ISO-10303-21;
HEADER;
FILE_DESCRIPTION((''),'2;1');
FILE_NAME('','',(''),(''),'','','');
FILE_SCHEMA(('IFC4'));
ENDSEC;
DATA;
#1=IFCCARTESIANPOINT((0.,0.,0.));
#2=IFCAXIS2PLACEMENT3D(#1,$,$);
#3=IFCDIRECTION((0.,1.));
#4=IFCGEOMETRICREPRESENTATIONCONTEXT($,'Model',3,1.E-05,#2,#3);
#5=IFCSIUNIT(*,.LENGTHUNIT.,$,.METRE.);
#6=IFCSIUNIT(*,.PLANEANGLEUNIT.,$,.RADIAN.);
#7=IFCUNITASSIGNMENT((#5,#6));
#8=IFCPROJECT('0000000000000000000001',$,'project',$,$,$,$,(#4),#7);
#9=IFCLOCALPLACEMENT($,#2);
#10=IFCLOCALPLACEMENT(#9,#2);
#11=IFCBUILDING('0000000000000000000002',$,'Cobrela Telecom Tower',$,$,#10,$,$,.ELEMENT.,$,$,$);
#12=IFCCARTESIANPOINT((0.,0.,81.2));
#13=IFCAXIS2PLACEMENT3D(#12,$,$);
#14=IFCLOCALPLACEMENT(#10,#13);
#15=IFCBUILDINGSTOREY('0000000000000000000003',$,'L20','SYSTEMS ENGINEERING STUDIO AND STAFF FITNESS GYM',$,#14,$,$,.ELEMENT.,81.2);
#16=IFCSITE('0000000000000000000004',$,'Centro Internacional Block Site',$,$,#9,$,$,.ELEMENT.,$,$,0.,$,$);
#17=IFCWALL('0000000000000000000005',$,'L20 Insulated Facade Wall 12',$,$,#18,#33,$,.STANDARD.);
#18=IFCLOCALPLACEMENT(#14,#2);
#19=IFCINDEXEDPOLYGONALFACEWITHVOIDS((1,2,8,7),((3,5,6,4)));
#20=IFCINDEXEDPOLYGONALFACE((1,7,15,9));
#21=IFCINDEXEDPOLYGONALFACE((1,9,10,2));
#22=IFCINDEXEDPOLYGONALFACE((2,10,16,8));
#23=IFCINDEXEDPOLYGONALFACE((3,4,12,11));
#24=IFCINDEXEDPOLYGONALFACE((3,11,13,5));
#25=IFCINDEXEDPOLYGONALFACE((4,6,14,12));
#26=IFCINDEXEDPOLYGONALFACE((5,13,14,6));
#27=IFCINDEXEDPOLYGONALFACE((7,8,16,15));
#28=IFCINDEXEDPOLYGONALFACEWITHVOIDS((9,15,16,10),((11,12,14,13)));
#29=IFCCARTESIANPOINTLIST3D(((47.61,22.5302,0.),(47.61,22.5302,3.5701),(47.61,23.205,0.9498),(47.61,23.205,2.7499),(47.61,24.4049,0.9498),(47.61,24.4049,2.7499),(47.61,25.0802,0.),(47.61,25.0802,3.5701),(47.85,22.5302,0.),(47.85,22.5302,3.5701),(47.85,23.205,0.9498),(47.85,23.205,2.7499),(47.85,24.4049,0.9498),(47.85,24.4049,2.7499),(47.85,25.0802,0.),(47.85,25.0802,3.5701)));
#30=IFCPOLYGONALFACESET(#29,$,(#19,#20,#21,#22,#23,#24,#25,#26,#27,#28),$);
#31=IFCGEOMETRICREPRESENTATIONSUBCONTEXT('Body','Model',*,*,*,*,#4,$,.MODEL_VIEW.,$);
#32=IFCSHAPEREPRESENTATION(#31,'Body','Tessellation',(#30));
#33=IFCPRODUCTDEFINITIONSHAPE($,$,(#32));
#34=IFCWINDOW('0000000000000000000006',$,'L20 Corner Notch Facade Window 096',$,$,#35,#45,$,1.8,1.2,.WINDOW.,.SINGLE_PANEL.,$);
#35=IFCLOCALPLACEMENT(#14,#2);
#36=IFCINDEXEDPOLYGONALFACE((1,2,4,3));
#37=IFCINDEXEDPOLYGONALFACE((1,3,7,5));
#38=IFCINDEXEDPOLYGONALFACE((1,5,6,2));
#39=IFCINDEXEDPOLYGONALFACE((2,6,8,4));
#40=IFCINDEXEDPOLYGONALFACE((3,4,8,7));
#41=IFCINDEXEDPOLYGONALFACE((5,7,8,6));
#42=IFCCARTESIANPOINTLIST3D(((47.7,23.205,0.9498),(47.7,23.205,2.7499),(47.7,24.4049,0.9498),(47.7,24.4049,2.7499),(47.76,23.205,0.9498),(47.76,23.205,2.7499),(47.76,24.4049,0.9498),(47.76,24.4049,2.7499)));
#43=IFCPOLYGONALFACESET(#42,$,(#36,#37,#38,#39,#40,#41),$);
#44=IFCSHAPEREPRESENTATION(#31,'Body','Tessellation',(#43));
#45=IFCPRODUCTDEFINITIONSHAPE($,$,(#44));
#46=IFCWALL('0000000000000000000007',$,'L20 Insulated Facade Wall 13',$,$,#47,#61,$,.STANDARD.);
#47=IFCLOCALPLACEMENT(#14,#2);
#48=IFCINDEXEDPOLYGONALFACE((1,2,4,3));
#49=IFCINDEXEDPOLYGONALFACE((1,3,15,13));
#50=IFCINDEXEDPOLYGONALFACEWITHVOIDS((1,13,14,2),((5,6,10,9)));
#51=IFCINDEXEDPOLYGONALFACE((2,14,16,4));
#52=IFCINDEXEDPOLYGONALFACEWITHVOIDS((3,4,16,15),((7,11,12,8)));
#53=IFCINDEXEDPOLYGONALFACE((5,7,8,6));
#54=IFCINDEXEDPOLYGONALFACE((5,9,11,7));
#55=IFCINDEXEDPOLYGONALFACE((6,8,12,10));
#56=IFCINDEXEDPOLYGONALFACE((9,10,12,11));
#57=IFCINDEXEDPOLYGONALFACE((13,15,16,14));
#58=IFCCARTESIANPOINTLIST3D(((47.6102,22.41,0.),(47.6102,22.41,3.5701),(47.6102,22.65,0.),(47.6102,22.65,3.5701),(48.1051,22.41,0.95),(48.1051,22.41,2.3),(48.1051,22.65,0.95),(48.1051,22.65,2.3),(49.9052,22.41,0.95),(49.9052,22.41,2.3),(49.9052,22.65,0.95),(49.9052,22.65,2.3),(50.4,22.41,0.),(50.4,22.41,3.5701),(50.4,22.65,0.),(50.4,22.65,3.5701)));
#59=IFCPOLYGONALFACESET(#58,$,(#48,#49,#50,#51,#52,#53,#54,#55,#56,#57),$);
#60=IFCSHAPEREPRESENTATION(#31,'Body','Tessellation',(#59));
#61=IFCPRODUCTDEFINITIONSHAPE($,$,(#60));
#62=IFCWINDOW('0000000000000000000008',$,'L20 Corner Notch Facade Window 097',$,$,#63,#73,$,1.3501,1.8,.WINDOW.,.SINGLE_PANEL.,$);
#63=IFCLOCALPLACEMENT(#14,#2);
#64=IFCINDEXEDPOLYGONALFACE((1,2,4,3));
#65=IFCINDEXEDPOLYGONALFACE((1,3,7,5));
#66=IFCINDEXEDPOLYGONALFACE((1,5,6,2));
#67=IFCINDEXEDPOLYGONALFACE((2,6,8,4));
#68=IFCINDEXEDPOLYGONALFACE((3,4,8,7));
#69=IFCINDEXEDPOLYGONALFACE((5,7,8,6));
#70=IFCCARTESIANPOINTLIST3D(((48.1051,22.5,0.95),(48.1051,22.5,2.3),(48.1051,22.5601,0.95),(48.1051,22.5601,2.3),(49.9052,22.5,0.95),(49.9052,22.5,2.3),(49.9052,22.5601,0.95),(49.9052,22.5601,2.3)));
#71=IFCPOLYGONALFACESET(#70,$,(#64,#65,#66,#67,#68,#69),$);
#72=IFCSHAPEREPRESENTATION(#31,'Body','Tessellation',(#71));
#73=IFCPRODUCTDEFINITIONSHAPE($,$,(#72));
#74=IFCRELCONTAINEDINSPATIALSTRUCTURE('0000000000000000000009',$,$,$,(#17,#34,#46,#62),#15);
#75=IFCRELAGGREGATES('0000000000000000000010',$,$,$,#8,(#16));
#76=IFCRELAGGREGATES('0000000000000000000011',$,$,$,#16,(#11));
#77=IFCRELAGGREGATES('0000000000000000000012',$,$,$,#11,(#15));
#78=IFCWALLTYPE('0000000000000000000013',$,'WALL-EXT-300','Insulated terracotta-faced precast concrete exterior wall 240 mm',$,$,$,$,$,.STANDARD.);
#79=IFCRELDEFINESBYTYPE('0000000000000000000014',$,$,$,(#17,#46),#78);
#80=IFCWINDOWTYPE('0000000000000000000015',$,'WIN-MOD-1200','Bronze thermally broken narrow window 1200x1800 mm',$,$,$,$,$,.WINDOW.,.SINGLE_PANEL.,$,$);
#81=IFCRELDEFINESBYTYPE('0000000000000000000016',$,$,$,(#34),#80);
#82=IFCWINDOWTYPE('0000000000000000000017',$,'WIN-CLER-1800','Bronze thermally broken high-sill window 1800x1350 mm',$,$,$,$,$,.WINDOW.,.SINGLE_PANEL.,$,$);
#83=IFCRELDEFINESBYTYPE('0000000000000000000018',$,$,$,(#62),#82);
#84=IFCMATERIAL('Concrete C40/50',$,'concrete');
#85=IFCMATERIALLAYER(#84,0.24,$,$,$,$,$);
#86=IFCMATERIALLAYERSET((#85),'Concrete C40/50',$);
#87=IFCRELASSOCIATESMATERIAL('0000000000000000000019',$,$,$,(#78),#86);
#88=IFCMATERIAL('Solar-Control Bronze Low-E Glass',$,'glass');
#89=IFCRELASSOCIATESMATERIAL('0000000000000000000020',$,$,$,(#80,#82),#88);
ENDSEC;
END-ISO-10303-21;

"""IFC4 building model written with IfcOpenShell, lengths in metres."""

from ifc_helpers import new_model, si_unit, direction, frame, frame_2d, origin, place, context, subcontext, project, spatial, rectangle, extrude, material, layer, layer_set, type_object, element, fill, save


model = new_model("IFC4")

# Units and contexts
model_context = context("Model", 3, precision=1e-05, world=origin(), true_north=direction((0.0, 1.0)))
body_context = subcontext(model_context, "Body", "Model", "MODEL_VIEW")
ifc_project = project(units=[si_unit("LENGTHUNIT", "METRE"), si_unit("PLANEANGLEUNIT", "RADIAN")], contexts=[model_context])

# Site, building, storey
site_placement = place(None, origin())
site = spatial("IfcSite", under=ifc_project, at=site_placement, Name="Centro Internacional Block Site", CompositionType="ELEMENT", RefElevation=0.0)
building_placement = place(site_placement, origin())
building = spatial("IfcBuilding", under=site, at=building_placement, Name="Cobrela Telecom Tower", CompositionType="ELEMENT")
storey_placement = place(building_placement, frame((0.0, 0.0, 81.2)))
storey = spatial("IfcBuildingStorey", under=building, at=storey_placement, Name="L20", Description="SYSTEMS ENGINEERING STUDIO AND STAFF FITNESS GYM", CompositionType="ELEMENT", Elevation=81.2)

# Shared definitions
ifc_material_1 = material(Name="Solar-Control Bronze Low-E Glass", Category="glass")

# Walls, openings, windows
ifc_material_2 = material(Name="Concrete C40/50", Category="concrete")
ifc_layer_1 = layer(ifc_material_2, 0.24)
ifc_layer_set_1 = layer_set([ifc_layer_1], Name="Concrete C40/50")
wall_type = type_object("IfcWallType", Name="WALL-EXT-300", Description="Insulated terracotta-faced precast concrete exterior wall 240 mm", PredefinedType="STANDARD", material=ifc_layer_set_1)
wall_1_placement = place(storey_placement, frame((47.73, 25.0801, 0.0), z_axis=(0.0, 0.0, 1.0), x_axis=(0.0, -1.0, 0.0)))
wall_1 = element("IfcWall", 1, at=wall_1_placement, inside=storey, type_object=wall_type, Name="L20 Insulated Facade Wall 12", PredefinedType="STANDARD", context=body_context, shape_type="SweptSolid", body=[
    extrude(rectangle(XDim=2.55, YDim=0.24, at=frame_2d((1.2749, 0.0))), origin(), (0.0, 0.0, 1.0), 3.5701),
])
opening_1_placement = place(wall_1_placement, frame((0.675, 0.0, 0.95)))
opening_1 = element("IfcOpeningElement", 2, at=opening_1_placement, cuts=wall_1, PredefinedType="OPENING", context=body_context, shape_type="SweptSolid", body=[
    extrude(rectangle(XDim=1.2, YDim=1.8, at=frame_2d((0.6001, 0.8999))), frame((0.0, 0.1318, 0.0), z_axis=(0.0, -1.0, 0.0), x_axis=(1.0, 0.0, 0.0)), (0.0, 0.0, 1.0), 0.2639),
])
window_type_1 = type_object("IfcWindowType", Name="WIN-MOD-1200", Description="Bronze thermally broken narrow window 1200x1800 mm", PartitioningType="SINGLE_PANEL", PredefinedType="WINDOW", material=ifc_material_1)
window_1_placement = place(opening_1_placement, origin())
window_1 = element("IfcWindow", 3, at=window_1_placement, inside=storey, type_object=window_type_1, Name="L20 Corner Notch Facade Window 096", OverallHeight=1.8, OverallWidth=1.2, PartitioningType="SINGLE_PANEL", PredefinedType="WINDOW", context=body_context, shape_type="SweptSolid", body=[
    extrude(rectangle(XDim=1.2, YDim=1.8, at=frame_2d((0.6001, 0.8999))), frame((0.0, 0.03, 0.0), z_axis=(0.0, -1.0, 0.0), x_axis=(1.0, 0.0, 0.0)), (0.0, 0.0, 1.0), 0.0601),
])
fill(opening_1, window_1)
wall_2_placement = place(storey_placement, frame((47.6101, 22.53, 0.0), z_axis=(0.0, 0.0, 1.0), x_axis=(1.0, 0.0, 0.0)))
wall_2 = element("IfcWall", 4, at=wall_2_placement, inside=storey, type_object=wall_type, Name="L20 Insulated Facade Wall 13", PredefinedType="STANDARD", context=body_context, shape_type="SweptSolid", body=[
    extrude(rectangle(XDim=2.7898, YDim=0.24, at=frame_2d((1.395, 0.0))), origin(), (0.0, 0.0, 1.0), 3.5701),
])
opening_2_placement = place(wall_2_placement, frame((0.4951, 0.0, 0.95)))
opening_2 = element("IfcOpeningElement", 5, at=opening_2_placement, cuts=wall_2, PredefinedType="OPENING", context=body_context, shape_type="SweptSolid", body=[
    extrude(rectangle(XDim=1.8, YDim=1.3501, at=frame_2d((0.8999, 0.675))), frame((0.0, 0.1318, 0.0), z_axis=(0.0, -1.0, 0.0), x_axis=(1.0, 0.0, 0.0)), (0.0, 0.0, 1.0), 0.2639),
])
window_type_2 = type_object("IfcWindowType", Name="WIN-CLER-1800", Description="Bronze thermally broken high-sill window 1800x1350 mm", PartitioningType="SINGLE_PANEL", PredefinedType="WINDOW", material=ifc_material_1)
window_2_placement = place(opening_2_placement, origin())
window_2 = element("IfcWindow", 6, at=window_2_placement, inside=storey, type_object=window_type_2, Name="L20 Corner Notch Facade Window 097", OverallHeight=1.3501, OverallWidth=1.8, PartitioningType="SINGLE_PANEL", PredefinedType="WINDOW", context=body_context, shape_type="SweptSolid", body=[
    extrude(rectangle(XDim=1.8, YDim=1.3501, at=frame_2d((0.8999, 0.675))), frame((0.0, 0.03, 0.0), z_axis=(0.0, -1.0, 0.0), x_axis=(1.0, 0.0, 0.0)), (0.0, 0.0, 1.0), 0.0601),
])
fill(opening_2, window_2)

save(model, "model.ifc")
